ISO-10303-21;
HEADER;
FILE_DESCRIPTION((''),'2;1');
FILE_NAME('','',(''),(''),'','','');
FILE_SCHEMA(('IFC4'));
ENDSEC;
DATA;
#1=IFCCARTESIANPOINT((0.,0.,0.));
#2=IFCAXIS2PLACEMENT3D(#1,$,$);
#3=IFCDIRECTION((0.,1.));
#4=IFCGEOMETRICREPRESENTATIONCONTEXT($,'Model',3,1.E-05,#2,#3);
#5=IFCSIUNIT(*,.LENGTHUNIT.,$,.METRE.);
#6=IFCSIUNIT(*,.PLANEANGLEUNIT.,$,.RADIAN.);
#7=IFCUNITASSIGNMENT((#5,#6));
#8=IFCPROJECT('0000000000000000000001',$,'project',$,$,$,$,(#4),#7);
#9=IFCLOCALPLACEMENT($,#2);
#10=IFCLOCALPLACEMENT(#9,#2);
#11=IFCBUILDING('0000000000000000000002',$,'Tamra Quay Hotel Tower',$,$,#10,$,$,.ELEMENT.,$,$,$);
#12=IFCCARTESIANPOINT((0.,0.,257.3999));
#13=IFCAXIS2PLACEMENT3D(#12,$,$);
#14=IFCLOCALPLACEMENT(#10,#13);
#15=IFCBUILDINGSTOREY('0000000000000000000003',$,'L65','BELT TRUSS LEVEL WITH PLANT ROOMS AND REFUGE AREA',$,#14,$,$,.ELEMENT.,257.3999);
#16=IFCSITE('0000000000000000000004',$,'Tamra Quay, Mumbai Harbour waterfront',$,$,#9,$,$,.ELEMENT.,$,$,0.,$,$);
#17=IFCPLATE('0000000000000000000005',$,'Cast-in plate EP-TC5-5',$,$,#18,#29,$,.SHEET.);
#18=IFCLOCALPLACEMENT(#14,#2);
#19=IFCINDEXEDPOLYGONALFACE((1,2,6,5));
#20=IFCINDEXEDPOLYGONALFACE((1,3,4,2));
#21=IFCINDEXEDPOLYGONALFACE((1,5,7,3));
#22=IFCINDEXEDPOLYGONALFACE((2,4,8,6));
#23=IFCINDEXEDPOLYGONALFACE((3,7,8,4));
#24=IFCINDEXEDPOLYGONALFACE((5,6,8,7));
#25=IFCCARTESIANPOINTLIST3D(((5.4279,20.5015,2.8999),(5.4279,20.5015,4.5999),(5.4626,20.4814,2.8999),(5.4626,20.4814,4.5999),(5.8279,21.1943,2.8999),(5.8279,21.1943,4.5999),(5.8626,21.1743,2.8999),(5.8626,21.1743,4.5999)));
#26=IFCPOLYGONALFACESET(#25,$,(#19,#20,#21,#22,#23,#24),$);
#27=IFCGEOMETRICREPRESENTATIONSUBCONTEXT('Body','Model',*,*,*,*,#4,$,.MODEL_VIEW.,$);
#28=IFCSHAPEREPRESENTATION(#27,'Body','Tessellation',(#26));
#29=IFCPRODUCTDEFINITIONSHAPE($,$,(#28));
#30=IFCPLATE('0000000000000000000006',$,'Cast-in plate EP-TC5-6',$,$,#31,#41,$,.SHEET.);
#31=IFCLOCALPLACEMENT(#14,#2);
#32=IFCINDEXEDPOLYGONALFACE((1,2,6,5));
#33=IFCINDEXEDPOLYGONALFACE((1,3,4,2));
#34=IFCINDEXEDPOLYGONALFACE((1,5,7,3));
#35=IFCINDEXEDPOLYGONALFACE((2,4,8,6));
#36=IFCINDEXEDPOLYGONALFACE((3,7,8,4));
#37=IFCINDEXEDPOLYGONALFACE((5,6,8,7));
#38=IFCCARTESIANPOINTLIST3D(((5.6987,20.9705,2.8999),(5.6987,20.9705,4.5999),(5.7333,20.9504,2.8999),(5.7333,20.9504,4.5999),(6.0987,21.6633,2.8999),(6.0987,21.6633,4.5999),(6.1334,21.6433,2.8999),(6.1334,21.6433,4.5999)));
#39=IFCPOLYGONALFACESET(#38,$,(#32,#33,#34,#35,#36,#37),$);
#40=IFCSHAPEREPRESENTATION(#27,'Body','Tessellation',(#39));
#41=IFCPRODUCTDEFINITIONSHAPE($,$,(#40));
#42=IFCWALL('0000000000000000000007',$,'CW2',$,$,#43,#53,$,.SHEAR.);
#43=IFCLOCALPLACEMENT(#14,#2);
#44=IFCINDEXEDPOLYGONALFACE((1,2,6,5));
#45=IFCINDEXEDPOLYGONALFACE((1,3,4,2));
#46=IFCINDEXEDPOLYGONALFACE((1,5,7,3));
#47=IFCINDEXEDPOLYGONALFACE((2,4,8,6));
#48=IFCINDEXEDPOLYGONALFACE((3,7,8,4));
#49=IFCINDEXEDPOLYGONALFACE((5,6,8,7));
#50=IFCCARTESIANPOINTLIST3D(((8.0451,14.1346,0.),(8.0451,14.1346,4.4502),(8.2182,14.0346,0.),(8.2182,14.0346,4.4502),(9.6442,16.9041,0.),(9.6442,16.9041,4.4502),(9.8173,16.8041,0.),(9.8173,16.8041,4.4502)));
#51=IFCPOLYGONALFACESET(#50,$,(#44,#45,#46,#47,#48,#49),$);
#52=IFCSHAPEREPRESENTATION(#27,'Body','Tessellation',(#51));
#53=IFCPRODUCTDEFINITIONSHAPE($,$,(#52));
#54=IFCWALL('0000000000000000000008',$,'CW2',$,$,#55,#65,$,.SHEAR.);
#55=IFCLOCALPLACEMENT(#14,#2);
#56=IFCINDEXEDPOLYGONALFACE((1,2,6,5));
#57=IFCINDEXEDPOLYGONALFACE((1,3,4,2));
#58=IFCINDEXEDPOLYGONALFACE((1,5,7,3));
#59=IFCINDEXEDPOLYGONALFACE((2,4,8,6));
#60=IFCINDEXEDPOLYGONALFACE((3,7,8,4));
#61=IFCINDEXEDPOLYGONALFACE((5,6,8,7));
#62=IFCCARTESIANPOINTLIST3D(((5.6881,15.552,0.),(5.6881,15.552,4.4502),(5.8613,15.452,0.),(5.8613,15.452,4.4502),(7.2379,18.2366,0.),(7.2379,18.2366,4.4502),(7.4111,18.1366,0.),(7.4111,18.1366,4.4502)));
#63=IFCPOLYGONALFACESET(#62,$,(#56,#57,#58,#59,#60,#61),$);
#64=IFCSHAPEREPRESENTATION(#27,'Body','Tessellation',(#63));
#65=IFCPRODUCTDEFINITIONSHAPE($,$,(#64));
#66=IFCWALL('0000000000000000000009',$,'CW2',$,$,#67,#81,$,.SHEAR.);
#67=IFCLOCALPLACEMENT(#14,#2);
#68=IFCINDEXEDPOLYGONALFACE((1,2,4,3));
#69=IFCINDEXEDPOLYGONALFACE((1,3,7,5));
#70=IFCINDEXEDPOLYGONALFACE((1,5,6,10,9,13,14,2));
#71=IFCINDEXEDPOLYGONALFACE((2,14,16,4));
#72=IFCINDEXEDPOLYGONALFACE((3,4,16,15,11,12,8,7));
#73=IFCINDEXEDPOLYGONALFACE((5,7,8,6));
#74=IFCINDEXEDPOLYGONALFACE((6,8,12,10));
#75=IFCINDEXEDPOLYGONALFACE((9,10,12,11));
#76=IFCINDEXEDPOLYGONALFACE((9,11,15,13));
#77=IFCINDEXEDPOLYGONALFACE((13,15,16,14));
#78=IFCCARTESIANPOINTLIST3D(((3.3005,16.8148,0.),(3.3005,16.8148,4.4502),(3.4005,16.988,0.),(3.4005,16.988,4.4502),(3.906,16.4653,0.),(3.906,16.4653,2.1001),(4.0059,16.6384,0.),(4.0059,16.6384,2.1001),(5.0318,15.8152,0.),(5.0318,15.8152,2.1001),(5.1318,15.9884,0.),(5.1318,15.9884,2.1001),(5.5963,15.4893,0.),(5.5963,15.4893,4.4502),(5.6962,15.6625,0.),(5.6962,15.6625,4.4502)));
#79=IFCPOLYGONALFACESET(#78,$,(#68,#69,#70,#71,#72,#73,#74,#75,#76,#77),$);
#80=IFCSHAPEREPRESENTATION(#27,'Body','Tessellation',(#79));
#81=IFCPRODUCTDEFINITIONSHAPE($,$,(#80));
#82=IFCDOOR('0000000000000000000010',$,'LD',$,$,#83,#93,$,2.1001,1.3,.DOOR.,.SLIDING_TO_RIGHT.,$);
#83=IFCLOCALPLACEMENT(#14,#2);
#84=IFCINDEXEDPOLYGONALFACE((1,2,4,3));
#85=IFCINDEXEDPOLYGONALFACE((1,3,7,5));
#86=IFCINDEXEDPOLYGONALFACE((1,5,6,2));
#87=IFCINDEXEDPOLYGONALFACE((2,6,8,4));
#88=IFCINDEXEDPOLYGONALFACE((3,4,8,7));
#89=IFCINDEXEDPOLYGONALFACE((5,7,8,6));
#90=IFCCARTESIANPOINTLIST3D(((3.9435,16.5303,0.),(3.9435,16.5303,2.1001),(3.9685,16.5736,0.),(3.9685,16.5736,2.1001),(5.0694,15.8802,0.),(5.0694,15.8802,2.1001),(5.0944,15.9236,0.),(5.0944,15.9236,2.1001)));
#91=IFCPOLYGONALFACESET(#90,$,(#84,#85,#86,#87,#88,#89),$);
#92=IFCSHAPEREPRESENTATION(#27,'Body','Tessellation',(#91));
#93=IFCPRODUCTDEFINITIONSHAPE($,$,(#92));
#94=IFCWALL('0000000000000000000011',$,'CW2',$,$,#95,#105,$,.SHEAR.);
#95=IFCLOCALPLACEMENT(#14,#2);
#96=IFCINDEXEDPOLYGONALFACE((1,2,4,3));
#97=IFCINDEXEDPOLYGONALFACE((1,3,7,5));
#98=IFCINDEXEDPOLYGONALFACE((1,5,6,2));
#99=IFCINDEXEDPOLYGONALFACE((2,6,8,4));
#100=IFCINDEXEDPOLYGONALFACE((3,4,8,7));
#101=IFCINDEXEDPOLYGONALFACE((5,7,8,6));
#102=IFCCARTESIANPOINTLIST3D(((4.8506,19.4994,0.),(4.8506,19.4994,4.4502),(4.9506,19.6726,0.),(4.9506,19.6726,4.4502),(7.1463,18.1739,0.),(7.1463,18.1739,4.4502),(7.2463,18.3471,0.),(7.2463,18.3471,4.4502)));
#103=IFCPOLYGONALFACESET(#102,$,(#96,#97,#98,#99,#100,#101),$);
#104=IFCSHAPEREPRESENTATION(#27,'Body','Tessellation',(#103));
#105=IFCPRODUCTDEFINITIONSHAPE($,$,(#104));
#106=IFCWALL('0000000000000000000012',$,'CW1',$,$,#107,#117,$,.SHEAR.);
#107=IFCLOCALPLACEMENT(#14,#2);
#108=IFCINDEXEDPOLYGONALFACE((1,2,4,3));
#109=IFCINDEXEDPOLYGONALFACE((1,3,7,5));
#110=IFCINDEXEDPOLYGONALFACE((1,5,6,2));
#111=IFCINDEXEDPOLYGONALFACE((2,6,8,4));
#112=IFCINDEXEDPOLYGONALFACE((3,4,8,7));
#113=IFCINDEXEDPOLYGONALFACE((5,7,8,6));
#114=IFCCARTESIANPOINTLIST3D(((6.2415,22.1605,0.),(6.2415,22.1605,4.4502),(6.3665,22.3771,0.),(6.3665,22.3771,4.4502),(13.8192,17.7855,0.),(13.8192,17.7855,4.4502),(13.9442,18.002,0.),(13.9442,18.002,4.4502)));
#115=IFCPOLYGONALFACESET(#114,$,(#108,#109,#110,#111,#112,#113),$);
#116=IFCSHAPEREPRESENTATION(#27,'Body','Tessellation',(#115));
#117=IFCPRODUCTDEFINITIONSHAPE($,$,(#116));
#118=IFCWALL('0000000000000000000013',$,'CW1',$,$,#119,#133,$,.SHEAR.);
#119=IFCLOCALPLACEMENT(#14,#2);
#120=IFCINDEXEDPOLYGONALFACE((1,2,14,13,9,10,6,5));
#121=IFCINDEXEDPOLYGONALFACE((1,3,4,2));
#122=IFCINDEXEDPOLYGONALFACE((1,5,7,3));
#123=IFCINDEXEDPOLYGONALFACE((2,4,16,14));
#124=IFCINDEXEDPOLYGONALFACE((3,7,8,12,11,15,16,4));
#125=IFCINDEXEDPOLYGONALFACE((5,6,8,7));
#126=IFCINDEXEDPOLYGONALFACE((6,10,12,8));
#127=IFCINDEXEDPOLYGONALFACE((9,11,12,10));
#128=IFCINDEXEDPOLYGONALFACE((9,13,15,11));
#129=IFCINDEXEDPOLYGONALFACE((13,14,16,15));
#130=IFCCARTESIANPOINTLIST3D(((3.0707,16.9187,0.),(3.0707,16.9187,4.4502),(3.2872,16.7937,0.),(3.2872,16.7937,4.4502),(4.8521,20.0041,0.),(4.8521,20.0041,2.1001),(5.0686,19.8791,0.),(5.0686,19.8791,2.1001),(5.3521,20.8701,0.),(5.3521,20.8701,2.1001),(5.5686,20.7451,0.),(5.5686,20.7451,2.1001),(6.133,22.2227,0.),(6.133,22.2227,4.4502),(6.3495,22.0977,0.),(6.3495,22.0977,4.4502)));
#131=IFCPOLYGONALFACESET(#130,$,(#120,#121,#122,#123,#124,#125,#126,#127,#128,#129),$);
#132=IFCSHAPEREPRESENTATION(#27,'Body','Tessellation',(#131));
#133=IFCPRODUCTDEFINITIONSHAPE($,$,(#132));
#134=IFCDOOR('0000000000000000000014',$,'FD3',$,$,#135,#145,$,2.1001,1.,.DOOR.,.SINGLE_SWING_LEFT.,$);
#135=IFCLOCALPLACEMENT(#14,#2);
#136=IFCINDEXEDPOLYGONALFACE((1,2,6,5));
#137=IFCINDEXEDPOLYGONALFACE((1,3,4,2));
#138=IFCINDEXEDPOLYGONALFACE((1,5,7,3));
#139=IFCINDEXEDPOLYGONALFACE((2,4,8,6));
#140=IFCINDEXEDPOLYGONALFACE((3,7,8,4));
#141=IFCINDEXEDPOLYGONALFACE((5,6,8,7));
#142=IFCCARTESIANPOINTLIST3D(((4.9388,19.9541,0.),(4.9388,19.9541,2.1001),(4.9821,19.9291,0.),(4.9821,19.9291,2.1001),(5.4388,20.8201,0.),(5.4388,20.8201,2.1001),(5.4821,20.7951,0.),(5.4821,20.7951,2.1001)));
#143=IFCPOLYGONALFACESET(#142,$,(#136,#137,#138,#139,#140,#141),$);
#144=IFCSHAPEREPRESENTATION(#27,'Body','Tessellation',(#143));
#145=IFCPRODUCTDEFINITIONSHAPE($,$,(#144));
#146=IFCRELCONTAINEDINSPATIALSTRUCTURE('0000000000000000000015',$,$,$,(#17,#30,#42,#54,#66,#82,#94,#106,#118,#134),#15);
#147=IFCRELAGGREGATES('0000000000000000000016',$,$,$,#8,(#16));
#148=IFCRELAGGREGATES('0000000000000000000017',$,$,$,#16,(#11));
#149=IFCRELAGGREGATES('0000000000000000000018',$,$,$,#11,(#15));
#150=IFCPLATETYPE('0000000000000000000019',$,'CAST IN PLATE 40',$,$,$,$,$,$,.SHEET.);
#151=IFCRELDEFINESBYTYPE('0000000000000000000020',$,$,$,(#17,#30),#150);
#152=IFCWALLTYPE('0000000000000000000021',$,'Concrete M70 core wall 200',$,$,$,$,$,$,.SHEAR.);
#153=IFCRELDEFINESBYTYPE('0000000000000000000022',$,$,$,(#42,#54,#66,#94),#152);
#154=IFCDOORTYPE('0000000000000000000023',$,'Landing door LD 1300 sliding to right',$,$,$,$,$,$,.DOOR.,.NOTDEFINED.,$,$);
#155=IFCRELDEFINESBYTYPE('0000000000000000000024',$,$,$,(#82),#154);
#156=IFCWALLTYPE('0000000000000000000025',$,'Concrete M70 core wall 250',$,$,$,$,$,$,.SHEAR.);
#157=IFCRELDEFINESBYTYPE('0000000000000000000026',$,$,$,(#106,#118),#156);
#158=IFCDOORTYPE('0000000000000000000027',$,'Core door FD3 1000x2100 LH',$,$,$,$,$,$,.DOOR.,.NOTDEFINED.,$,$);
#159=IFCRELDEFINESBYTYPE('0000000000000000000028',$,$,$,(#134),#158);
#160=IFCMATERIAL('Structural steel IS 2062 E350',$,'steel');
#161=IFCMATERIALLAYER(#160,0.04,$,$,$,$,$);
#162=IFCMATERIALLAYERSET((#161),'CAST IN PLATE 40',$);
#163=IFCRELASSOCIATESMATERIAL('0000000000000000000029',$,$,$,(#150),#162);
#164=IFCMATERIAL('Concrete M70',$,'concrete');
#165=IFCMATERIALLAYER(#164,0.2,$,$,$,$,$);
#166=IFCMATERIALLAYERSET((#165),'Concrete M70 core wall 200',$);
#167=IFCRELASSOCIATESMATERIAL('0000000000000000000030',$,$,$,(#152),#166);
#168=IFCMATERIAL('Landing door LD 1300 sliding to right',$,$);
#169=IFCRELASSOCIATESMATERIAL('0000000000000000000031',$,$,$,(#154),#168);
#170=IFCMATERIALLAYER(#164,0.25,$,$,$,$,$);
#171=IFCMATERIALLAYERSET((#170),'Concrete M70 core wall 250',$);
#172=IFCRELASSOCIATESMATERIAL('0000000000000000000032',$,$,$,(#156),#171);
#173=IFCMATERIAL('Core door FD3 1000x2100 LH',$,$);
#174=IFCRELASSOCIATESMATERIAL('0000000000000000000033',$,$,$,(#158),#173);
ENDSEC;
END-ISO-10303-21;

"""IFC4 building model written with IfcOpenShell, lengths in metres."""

from ifc_helpers import new_model, si_unit, direction, frame, frame_2d, origin, origin_2d, place, context, subcontext, project, spatial, rectangle, extrude, material, layer, layer_set, type_object, element, fill, save


model = new_model("IFC4")

# Units and contexts
model_context = context("Model", 3, precision=1e-05, world=origin(), true_north=direction((0.0, 1.0)))
body_context = subcontext(model_context, "Body", "Model", "MODEL_VIEW")
ifc_project = project(units=[si_unit("LENGTHUNIT", "METRE"), si_unit("PLANEANGLEUNIT", "RADIAN")], contexts=[model_context])

# Site, building, storey
site_placement = place(None, origin())
site = spatial("IfcSite", under=ifc_project, at=site_placement, Name="Tamra Quay, Mumbai Harbour waterfront", CompositionType="ELEMENT", RefElevation=0.0)
building_placement = place(site_placement, origin())
building = spatial("IfcBuilding", under=site, at=building_placement, Name="Tamra Quay Hotel Tower", CompositionType="ELEMENT")
storey_placement = place(building_placement, frame((0.0, 0.0, 257.3999)))
storey = spatial("IfcBuildingStorey", under=building, at=storey_placement, Name="L65", Description="BELT TRUSS LEVEL WITH PLANT ROOMS AND REFUGE AREA", CompositionType="ELEMENT", Elevation=257.3999)

# Shared definitions
ifc_material_1 = material(Name="Structural steel IS 2062 E350", Category="steel")

# Plates
ifc_layer_1 = layer(ifc_material_1, 0.04)
ifc_layer_set_1 = layer_set([ifc_layer_1], Name="CAST IN PLATE 40")
plate_type_1 = type_object("IfcPlateType", Name="CAST IN PLATE 40", PredefinedType="SHEET", material=ifc_layer_set_1)
for number, where, z_axis, x_axis, name in (
    (1, (5.6453, 20.8379, 2.8999), (0.0, 0.0, 1.0), (0.866025, -0.5, 0.0), "Cast-in plate EP-TC5-5"),
    (2, (5.916, 21.3069, 2.8999), (0.0, 0.0, 1.0), (0.866025, -0.5, 0.0), "Cast-in plate EP-TC5-6"),
):
    element("IfcPlate", number, at=place(storey_placement, frame(where, z_axis=z_axis, x_axis=x_axis)), inside=storey, type_object=plate_type_1, Name=name, PredefinedType="SHEET", context=body_context, shape_type="SweptSolid", body=[
        extrude(rectangle(XDim=0.04, YDim=0.8, at=origin_2d()), origin(), (0.0, 0.0, 1.0), 1.7),
    ])

# Walls
ifc_material_2 = material(Name="Concrete M70", Category="concrete")
ifc_layer_2 = layer(ifc_material_2, 0.2)
ifc_layer_set_2 = layer_set([ifc_layer_2], Name="Concrete M70 core wall 200")
wall_type_1 = type_object("IfcWallType", Name="Concrete M70 core wall 200", PredefinedType="SHEAR", material=ifc_layer_set_2)
wall_1_placement = place(storey_placement, frame((8.1316, 14.0845, 0.0), z_axis=(0.0, 0.0, 1.0), x_axis=(0.500031, 0.866008, 0.0)))
element("IfcWall", 3, at=wall_1_placement, inside=storey, type_object=wall_type_1, Name="CW2", PredefinedType="SHEAR", context=body_context, shape_type="SweptSolid", body=[
    extrude(rectangle(XDim=3.198, YDim=0.2, at=frame_2d((1.5991, 0.0))), origin(), (0.0, 0.0, 1.0), 4.4502),
])
wall_2_placement = place(storey_placement, frame((7.3245, 18.1865, 0.0), z_axis=(0.0, 0.0, 1.0), x_axis=(-0.499968, -0.866044, 0.0)))
element("IfcWall", 4, at=wall_2_placement, inside=storey, type_object=wall_type_1, Name="CW2", PredefinedType="SHEAR", context=body_context, shape_type="SweptSolid", body=[
    extrude(rectangle(XDim=3.0999, YDim=0.2, at=frame_2d((1.5498, 0.0))), origin(), (0.0, 0.0, 1.0), 4.4502),
])

# Wall, opening, door
wall_3_placement = place(storey_placement, frame((5.6462, 15.5759, 0.0), z_axis=(0.0, 0.0, 1.0), x_axis=(-0.866018, 0.500012, 0.0)))
wall_3 = element("IfcWall", 5, at=wall_3_placement, inside=storey, type_object=wall_type_1, Name="CW2", PredefinedType="SHEAR", context=body_context, shape_type="SweptSolid", body=[
    extrude(rectangle(XDim=2.6509, YDim=0.2, at=frame_2d((1.3254, 0.0))), origin(), (0.0, 0.0, 1.0), 4.4502),
])
opening_1_placement = place(wall_3_placement, frame((0.6519, 0.0, 0.0)))
opening_1 = element("IfcOpeningElement", 6, at=opening_1_placement, cuts=wall_3, PredefinedType="OPENING", context=body_context, shape_type="SweptSolid", body=[
    extrude(rectangle(XDim=1.3, YDim=2.1001, at=frame_2d((0.6499, 1.05))), frame((0.0, 0.1099, 0.0), z_axis=(0.0, -1.0, 0.0), x_axis=(1.0, 0.0, 0.0)), (0.0, 0.0, 1.0), 0.22),
])
ifc_material_3 = material(Name="Landing door LD 1300 sliding to right")
door_type_1 = type_object("IfcDoorType", Name="Landing door LD 1300 sliding to right", OperationType="NOTDEFINED", PredefinedType="DOOR", material=ifc_material_3)
door_1_placement = place(opening_1_placement, origin())
door_1 = element("IfcDoor", 7, at=door_1_placement, inside=storey, type_object=door_type_1, Name="LD", OperationType="SLIDING_TO_RIGHT", OverallHeight=2.1001, OverallWidth=1.3, PredefinedType="DOOR", context=body_context, shape_type="SweptSolid", body=[
    extrude(rectangle(XDim=1.3, YDim=2.1001, at=frame_2d((0.6499, 1.05))), frame((0.0, 0.0249, 0.0), z_axis=(0.0, -1.0, 0.0), x_axis=(1.0, 0.0, 0.0)), (0.0, 0.0, 1.0), 0.05),
])
fill(opening_1, door_1)

# Walls
wall_4_placement = place(storey_placement, frame((7.1963, 18.2605, 0.0), z_axis=(0.0, 0.0, 1.0), x_axis=(-0.866018, 0.500012, 0.0)))
element("IfcWall", 8, at=wall_4_placement, inside=storey, type_object=wall_type_1, Name="CW2", PredefinedType="SHEAR", context=body_context, shape_type="SweptSolid", body=[
    extrude(rectangle(XDim=2.6509, YDim=0.2, at=frame_2d((1.3254, 0.0))), origin(), (0.0, 0.0, 1.0), 4.4502),
])
ifc_layer_3 = layer(ifc_material_2, 0.25)
ifc_layer_set_3 = layer_set([ifc_layer_3], Name="Concrete M70 core wall 250")
wall_type_2 = type_object("IfcWallType", Name="Concrete M70 core wall 250", PredefinedType="SHEAR", material=ifc_layer_set_3)
wall_5_placement = place(storey_placement, frame((6.304, 22.2688, 0.0), z_axis=(0.0, 0.0, 1.0), x_axis=(0.866023, -0.500004, 0.0)))
element("IfcWall", 9, at=wall_5_placement, inside=storey, type_object=wall_type_2, Name="CW1", PredefinedType="SHEAR", context=body_context, shape_type="SweptSolid", body=[
    extrude(rectangle(XDim=8.75, YDim=0.25, at=frame_2d((4.375, 0.0))), origin(), (0.0, 0.0, 1.0), 4.4502),
])

# Wall, opening, door
wall_6_placement = place(storey_placement, frame((3.179, 16.8562, 0.0), z_axis=(0.0, 0.0, 1.0), x_axis=(0.500002, 0.866024, 0.0)))
wall_6 = element("IfcWall", 10, at=wall_6_placement, inside=storey, type_object=wall_type_2, Name="CW1", PredefinedType="SHEAR", context=body_context, shape_type="SweptSolid", body=[
    extrude(rectangle(XDim=6.1245, YDim=0.25, at=frame_2d((3.0623, 0.0))), origin(), (0.0, 0.0, 1.0), 4.4502),
])
opening_2_placement = place(wall_6_placement, frame((3.5627, 0.0, 0.0)))
opening_2 = element("IfcOpeningElement", 11, at=opening_2_placement, cuts=wall_6, PredefinedType="OPENING", context=body_context, shape_type="SweptSolid", body=[
    extrude(rectangle(XDim=1.0, YDim=2.1001, at=frame_2d((0.5, 1.05))), frame((0.0, 0.135, 0.0), z_axis=(0.0, -1.0, 0.0), x_axis=(1.0, 0.0, 0.0)), (0.0, 0.0, 1.0), 0.27),
])
ifc_material_4 = material(Name="Core door FD3 1000x2100 LH")
door_type_2 = type_object("IfcDoorType", Name="Core door FD3 1000x2100 LH", OperationType="NOTDEFINED", PredefinedType="DOOR", material=ifc_material_4)
door_2_placement = place(opening_2_placement, origin())
door_2 = element("IfcDoor", 12, at=door_2_placement, inside=storey, type_object=door_type_2, Name="FD3", OperationType="SINGLE_SWING_LEFT", OverallHeight=2.1001, OverallWidth=1.0, PredefinedType="DOOR", context=body_context, shape_type="SweptSolid", body=[
    extrude(rectangle(XDim=1.0, YDim=2.1001, at=frame_2d((0.5, 1.05))), frame((0.0, 0.0249, 0.0), z_axis=(0.0, -1.0, 0.0), x_axis=(1.0, 0.0, 0.0)), (0.0, 0.0, 1.0), 0.05),
])
fill(opening_2, door_2)

save(model, "model.ifc")
